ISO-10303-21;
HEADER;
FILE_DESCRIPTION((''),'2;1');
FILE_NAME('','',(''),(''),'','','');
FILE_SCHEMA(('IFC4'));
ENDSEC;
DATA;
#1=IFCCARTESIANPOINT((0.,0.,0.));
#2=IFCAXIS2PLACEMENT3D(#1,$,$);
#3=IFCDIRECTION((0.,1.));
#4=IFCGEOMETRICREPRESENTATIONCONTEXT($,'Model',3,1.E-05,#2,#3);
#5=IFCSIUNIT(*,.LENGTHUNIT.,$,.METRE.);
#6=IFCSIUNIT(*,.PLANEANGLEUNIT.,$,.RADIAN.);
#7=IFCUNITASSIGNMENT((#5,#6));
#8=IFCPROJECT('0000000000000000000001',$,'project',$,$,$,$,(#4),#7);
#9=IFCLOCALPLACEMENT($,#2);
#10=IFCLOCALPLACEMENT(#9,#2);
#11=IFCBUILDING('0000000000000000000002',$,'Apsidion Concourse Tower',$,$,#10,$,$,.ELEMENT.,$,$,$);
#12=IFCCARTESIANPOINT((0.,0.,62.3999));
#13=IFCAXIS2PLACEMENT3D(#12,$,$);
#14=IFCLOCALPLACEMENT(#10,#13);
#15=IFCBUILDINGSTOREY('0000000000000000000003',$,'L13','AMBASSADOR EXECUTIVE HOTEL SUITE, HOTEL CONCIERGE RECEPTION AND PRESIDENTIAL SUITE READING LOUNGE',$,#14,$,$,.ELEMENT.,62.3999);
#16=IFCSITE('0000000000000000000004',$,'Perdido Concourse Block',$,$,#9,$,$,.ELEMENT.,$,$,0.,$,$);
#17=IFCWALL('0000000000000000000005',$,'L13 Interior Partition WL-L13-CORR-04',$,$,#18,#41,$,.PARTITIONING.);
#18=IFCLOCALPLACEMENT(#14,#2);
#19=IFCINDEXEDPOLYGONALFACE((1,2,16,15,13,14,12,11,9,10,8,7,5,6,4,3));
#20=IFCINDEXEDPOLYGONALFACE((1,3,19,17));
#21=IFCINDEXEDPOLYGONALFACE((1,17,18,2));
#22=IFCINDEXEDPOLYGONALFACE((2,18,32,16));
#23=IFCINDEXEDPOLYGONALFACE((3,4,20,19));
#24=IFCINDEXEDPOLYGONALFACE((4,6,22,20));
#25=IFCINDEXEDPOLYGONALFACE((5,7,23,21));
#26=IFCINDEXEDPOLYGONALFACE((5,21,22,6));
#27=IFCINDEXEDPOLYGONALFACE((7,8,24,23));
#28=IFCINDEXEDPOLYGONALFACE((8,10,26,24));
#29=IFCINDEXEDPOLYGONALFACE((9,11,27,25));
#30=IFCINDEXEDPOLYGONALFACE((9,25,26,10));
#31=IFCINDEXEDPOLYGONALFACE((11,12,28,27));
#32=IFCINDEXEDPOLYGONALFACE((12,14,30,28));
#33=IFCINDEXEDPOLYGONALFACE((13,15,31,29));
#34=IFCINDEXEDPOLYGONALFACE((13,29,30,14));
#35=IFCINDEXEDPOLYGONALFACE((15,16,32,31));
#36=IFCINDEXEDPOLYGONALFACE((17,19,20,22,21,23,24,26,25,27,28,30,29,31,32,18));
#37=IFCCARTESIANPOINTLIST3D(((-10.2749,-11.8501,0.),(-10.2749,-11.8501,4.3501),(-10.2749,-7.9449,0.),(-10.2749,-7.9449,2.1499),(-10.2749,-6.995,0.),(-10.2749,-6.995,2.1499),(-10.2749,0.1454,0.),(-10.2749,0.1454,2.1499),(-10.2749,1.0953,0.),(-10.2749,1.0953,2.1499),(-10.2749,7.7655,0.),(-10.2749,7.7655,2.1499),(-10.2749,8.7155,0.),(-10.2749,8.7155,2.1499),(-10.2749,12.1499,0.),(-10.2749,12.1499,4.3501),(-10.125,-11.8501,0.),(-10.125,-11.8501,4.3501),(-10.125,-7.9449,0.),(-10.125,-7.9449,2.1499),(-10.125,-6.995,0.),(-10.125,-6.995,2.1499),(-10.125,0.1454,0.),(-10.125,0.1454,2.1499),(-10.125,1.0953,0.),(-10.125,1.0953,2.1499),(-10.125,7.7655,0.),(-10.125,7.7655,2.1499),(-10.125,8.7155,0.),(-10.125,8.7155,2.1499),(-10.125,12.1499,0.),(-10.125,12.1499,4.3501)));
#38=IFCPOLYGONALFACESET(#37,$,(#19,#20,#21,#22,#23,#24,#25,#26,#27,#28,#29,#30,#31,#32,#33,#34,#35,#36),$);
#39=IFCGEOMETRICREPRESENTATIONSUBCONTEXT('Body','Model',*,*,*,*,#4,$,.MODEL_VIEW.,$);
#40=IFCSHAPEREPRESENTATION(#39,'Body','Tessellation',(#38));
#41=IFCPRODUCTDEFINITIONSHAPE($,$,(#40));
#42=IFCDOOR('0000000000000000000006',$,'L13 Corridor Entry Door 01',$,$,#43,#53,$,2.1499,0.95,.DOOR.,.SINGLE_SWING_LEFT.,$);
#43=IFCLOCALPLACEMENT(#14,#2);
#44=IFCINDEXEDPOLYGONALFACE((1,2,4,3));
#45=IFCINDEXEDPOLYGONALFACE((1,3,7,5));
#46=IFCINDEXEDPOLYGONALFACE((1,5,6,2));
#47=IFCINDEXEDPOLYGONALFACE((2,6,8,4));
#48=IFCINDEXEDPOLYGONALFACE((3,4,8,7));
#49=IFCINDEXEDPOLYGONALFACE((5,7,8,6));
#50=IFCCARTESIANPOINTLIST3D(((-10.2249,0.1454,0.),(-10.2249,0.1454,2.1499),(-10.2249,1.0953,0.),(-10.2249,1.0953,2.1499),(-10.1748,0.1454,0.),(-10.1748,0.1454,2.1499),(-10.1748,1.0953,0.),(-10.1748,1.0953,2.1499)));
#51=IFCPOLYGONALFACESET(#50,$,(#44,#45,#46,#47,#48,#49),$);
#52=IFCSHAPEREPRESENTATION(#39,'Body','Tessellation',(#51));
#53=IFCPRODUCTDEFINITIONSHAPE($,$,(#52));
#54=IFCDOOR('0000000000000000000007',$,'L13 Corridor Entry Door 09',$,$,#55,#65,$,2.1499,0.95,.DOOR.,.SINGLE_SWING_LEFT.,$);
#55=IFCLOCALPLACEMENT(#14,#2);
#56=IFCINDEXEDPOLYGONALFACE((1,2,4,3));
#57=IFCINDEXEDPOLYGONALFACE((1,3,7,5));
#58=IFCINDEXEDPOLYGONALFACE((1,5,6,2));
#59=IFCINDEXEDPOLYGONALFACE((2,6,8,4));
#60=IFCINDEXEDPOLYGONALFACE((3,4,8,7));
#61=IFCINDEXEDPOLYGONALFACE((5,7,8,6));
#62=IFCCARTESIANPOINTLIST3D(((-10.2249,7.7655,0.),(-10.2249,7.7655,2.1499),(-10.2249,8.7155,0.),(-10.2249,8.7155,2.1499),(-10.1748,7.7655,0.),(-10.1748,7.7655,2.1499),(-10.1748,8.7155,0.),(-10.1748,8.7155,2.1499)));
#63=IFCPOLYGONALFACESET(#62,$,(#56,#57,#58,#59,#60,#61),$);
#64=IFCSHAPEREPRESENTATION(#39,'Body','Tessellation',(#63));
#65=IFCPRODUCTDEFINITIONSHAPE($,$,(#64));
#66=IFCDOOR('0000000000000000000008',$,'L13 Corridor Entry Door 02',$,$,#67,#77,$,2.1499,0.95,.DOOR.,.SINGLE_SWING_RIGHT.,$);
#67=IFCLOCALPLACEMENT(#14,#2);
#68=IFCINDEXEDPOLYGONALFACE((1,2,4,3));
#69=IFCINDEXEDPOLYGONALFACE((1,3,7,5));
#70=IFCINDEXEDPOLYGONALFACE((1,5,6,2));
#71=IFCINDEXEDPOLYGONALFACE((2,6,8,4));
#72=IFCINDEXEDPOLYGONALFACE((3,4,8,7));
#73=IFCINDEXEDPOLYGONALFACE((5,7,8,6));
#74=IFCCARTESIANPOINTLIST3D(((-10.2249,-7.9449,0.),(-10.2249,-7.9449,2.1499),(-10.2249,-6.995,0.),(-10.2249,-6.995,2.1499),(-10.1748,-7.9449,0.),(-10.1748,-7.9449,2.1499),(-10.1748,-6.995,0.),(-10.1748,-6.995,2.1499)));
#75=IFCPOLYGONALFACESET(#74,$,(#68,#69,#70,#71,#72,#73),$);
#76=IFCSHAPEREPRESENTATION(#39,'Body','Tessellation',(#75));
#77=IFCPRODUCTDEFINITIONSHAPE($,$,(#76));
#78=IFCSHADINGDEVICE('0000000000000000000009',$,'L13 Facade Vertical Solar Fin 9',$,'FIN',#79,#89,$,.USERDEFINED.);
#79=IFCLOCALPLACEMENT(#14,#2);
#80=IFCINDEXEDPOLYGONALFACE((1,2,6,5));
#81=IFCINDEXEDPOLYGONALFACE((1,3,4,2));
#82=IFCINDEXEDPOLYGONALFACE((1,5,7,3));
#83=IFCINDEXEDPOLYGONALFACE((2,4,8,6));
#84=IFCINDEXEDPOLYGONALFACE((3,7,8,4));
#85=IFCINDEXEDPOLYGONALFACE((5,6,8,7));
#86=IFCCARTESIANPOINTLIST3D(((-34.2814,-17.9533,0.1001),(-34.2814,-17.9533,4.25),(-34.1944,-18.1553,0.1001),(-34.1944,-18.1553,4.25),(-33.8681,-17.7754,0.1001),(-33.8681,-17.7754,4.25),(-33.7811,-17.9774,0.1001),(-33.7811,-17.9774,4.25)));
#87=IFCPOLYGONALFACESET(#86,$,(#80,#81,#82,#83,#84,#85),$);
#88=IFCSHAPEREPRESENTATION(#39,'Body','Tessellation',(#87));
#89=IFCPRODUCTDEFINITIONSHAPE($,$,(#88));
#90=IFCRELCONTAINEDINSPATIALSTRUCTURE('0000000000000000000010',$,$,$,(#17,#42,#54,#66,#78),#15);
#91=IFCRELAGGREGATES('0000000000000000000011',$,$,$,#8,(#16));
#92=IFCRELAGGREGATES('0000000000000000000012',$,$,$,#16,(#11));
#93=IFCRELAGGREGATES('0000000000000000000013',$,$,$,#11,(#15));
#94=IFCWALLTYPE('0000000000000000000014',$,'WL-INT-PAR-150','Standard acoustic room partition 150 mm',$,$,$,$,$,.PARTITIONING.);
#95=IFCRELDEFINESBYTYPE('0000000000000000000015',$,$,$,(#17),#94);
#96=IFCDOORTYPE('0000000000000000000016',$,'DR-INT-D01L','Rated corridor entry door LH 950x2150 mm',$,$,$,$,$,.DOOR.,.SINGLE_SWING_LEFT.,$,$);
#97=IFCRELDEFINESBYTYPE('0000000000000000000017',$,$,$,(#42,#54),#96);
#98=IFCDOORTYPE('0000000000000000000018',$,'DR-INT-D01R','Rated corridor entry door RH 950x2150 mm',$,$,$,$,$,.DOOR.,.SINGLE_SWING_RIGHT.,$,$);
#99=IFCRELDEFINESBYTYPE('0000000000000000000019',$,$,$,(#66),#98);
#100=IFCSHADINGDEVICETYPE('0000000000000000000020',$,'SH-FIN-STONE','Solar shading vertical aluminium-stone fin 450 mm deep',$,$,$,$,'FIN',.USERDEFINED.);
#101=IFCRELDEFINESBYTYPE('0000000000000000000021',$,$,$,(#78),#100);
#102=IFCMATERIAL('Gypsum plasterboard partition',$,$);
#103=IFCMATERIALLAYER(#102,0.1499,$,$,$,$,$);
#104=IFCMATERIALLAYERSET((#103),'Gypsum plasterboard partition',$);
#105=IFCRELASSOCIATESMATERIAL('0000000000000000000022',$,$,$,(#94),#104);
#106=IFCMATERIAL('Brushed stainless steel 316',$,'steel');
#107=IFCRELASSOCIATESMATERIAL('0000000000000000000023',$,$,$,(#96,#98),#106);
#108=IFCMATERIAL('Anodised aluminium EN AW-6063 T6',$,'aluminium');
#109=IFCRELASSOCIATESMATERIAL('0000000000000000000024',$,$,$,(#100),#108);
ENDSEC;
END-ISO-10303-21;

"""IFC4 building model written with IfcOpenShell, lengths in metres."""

from ifc_helpers import new_model, si_unit, direction, frame, frame_2d, origin, origin_2d, place, context, subcontext, project, spatial, rectangle, extrude, material, layer, layer_set, type_object, element, fill, save


model = new_model("IFC4")

# Units and contexts
model_context = context("Model", 3, precision=1e-05, world=origin(), true_north=direction((0.0, 1.0)))
body_context = subcontext(model_context, "Body", "Model", "MODEL_VIEW")
ifc_project = project(units=[si_unit("LENGTHUNIT", "METRE"), si_unit("PLANEANGLEUNIT", "RADIAN")], contexts=[model_context])

# Site, building, storey
site_placement = place(None, origin())
site = spatial("IfcSite", under=ifc_project, at=site_placement, Name="Perdido Concourse Block", CompositionType="ELEMENT", RefElevation=0.0)
building_placement = place(site_placement, origin())
building = spatial("IfcBuilding", under=site, at=building_placement, Name="Apsidion Concourse Tower", CompositionType="ELEMENT")
storey_placement = place(building_placement, frame((0.0, 0.0, 62.3999)))
storey = spatial("IfcBuildingStorey", under=building, at=storey_placement, Name="L13", Description="AMBASSADOR EXECUTIVE HOTEL SUITE, HOTEL CONCIERGE RECEPTION AND PRESIDENTIAL SUITE READING LOUNGE", CompositionType="ELEMENT", Elevation=62.3999)

# Shared definitions
ifc_material_1 = material(Name="Anodised aluminium EN AW-6063 T6", Category="aluminium")

# Wall, openings, doors
ifc_material_2 = material(Name="Gypsum plasterboard partition")
ifc_layer_1 = layer(ifc_material_2, 0.1499)
ifc_layer_set_1 = layer_set([ifc_layer_1], Name="Gypsum plasterboard partition")
wall_type_1 = type_object("IfcWallType", Name="WL-INT-PAR-150", Description="Standard acoustic room partition 150 mm", PredefinedType="PARTITIONING", material=ifc_layer_set_1)
wall_1_placement = place(storey_placement, frame((-10.2, -11.8501, 0.0), z_axis=(0.0, 0.0, 1.0), x_axis=(0.0, 1.0, 0.0)))
wall_1 = element("IfcWall", 1, at=wall_1_placement, inside=storey, type_object=wall_type_1, Name="L13 Interior Partition WL-L13-CORR-04", PredefinedType="PARTITIONING", context=body_context, shape_type="SweptSolid", body=[
    extrude(rectangle(XDim=24.0, YDim=0.1499, at=frame_2d((12.0, 0.0))), origin(), (0.0, 0.0, 1.0), 4.3501),
])
opening_1_placement = place(wall_1_placement, frame((11.9954, 0.0, 0.0)))
opening_1 = element("IfcOpeningElement", 2, at=opening_1_placement, cuts=wall_1, PredefinedType="OPENING", context=body_context, shape_type="SweptSolid", body=[
    extrude(rectangle(XDim=0.95, YDim=2.1499, at=frame_2d((0.4751, 1.075))), frame((0.0, 0.085, 0.0), z_axis=(0.0, -1.0, 0.0), x_axis=(1.0, 0.0, 0.0)), (0.0, 0.0, 1.0), 0.1699),
])
opening_2_placement = place(wall_1_placement, frame((3.905, 0.0, 0.0)))
opening_2 = element("IfcOpeningElement", 3, at=opening_2_placement, cuts=wall_1, PredefinedType="OPENING", context=body_context, shape_type="SweptSolid", body=[
    extrude(rectangle(XDim=0.95, YDim=2.1499, at=frame_2d((0.4751, 1.075))), frame((0.0, 0.085, 0.0), z_axis=(0.0, -1.0, 0.0), x_axis=(1.0, 0.0, 0.0)), (0.0, 0.0, 1.0), 0.1699),
])
opening_3_placement = place(wall_1_placement, frame((19.6155, 0.0, 0.0)))
opening_3 = element("IfcOpeningElement", 4, at=opening_3_placement, cuts=wall_1, PredefinedType="OPENING", context=body_context, shape_type="SweptSolid", body=[
    extrude(rectangle(XDim=0.95, YDim=2.1499, at=frame_2d((0.4751, 1.075))), frame((0.0, 0.085, 0.0), z_axis=(0.0, -1.0, 0.0), x_axis=(1.0, 0.0, 0.0)), (0.0, 0.0, 1.0), 0.1699),
])
ifc_material_3 = material(Name="Brushed stainless steel 316", Category="steel")
door_type_1 = type_object("IfcDoorType", Name="DR-INT-D01L", Description="Rated corridor entry door LH 950x2150 mm", OperationType="SINGLE_SWING_LEFT", PredefinedType="DOOR", material=ifc_material_3)
door_1_placement = place(opening_1_placement, origin())
door_1 = element("IfcDoor", 5, at=door_1_placement, inside=storey, type_object=door_type_1, Name="L13 Corridor Entry Door 01", OperationType="SINGLE_SWING_LEFT", OverallHeight=2.1499, OverallWidth=0.95, PredefinedType="DOOR", context=body_context, shape_type="SweptSolid", body=[
    extrude(rectangle(XDim=0.95, YDim=2.1499, at=frame_2d((0.4751, 1.075))), frame((0.0, 0.0249, 0.0), z_axis=(0.0, -1.0, 0.0), x_axis=(1.0, 0.0, 0.0)), (0.0, 0.0, 1.0), 0.05),
])
fill(opening_1, door_1)
door_2_placement = place(opening_3_placement, origin())
door_2 = element("IfcDoor", 6, at=door_2_placement, inside=storey, type_object=door_type_1, Name="L13 Corridor Entry Door 09", OperationType="SINGLE_SWING_LEFT", OverallHeight=2.1499, OverallWidth=0.95, PredefinedType="DOOR", context=body_context, shape_type="SweptSolid", body=[
    extrude(rectangle(XDim=0.95, YDim=2.1499, at=frame_2d((0.4751, 1.075))), frame((0.0, 0.0249, 0.0), z_axis=(0.0, -1.0, 0.0), x_axis=(1.0, 0.0, 0.0)), (0.0, 0.0, 1.0), 0.05),
])
fill(opening_3, door_2)
door_type_2 = type_object("IfcDoorType", Name="DR-INT-D01R", Description="Rated corridor entry door RH 950x2150 mm", OperationType="SINGLE_SWING_RIGHT", PredefinedType="DOOR", material=ifc_material_3)
door_3_placement = place(opening_2_placement, origin())
door_3 = element("IfcDoor", 7, at=door_3_placement, inside=storey, type_object=door_type_2, Name="L13 Corridor Entry Door 02", OperationType="SINGLE_SWING_RIGHT", OverallHeight=2.1499, OverallWidth=0.95, PredefinedType="DOOR", context=body_context, shape_type="SweptSolid", body=[
    extrude(rectangle(XDim=0.95, YDim=2.1499, at=frame_2d((0.4751, 1.075))), frame((0.0, 0.0249, 0.0), z_axis=(0.0, -1.0, 0.0), x_axis=(1.0, 0.0, 0.0)), (0.0, 0.0, 1.0), 0.05),
])
fill(opening_2, door_3)

# Shading device
shading_device_type = type_object("IfcShadingDeviceType", Name="SH-FIN-STONE", Description="Solar shading vertical aluminium-stone fin 450 mm deep", ElementType="FIN", PredefinedType="USERDEFINED", material=ifc_material_1)
shading_device_placement = place(storey_placement, frame((-34.0312, -17.9653, 0.1001), z_axis=(0.0, 0.0, 1.0), x_axis=(0.395385, -0.918515, 0.0)))
element("IfcShadingDevice", 8, at=shading_device_placement, inside=storey, type_object=shading_device_type, Name="L13 Facade Vertical Solar Fin 9", ObjectType="FIN", PredefinedType="USERDEFINED", context=body_context, shape_type="SweptSolid", body=[
    extrude(rectangle(XDim=0.22, YDim=0.45, at=origin_2d()), origin(), (0.0, 0.0, 1.0), 4.1499),
])

save(model, "model.ifc")
